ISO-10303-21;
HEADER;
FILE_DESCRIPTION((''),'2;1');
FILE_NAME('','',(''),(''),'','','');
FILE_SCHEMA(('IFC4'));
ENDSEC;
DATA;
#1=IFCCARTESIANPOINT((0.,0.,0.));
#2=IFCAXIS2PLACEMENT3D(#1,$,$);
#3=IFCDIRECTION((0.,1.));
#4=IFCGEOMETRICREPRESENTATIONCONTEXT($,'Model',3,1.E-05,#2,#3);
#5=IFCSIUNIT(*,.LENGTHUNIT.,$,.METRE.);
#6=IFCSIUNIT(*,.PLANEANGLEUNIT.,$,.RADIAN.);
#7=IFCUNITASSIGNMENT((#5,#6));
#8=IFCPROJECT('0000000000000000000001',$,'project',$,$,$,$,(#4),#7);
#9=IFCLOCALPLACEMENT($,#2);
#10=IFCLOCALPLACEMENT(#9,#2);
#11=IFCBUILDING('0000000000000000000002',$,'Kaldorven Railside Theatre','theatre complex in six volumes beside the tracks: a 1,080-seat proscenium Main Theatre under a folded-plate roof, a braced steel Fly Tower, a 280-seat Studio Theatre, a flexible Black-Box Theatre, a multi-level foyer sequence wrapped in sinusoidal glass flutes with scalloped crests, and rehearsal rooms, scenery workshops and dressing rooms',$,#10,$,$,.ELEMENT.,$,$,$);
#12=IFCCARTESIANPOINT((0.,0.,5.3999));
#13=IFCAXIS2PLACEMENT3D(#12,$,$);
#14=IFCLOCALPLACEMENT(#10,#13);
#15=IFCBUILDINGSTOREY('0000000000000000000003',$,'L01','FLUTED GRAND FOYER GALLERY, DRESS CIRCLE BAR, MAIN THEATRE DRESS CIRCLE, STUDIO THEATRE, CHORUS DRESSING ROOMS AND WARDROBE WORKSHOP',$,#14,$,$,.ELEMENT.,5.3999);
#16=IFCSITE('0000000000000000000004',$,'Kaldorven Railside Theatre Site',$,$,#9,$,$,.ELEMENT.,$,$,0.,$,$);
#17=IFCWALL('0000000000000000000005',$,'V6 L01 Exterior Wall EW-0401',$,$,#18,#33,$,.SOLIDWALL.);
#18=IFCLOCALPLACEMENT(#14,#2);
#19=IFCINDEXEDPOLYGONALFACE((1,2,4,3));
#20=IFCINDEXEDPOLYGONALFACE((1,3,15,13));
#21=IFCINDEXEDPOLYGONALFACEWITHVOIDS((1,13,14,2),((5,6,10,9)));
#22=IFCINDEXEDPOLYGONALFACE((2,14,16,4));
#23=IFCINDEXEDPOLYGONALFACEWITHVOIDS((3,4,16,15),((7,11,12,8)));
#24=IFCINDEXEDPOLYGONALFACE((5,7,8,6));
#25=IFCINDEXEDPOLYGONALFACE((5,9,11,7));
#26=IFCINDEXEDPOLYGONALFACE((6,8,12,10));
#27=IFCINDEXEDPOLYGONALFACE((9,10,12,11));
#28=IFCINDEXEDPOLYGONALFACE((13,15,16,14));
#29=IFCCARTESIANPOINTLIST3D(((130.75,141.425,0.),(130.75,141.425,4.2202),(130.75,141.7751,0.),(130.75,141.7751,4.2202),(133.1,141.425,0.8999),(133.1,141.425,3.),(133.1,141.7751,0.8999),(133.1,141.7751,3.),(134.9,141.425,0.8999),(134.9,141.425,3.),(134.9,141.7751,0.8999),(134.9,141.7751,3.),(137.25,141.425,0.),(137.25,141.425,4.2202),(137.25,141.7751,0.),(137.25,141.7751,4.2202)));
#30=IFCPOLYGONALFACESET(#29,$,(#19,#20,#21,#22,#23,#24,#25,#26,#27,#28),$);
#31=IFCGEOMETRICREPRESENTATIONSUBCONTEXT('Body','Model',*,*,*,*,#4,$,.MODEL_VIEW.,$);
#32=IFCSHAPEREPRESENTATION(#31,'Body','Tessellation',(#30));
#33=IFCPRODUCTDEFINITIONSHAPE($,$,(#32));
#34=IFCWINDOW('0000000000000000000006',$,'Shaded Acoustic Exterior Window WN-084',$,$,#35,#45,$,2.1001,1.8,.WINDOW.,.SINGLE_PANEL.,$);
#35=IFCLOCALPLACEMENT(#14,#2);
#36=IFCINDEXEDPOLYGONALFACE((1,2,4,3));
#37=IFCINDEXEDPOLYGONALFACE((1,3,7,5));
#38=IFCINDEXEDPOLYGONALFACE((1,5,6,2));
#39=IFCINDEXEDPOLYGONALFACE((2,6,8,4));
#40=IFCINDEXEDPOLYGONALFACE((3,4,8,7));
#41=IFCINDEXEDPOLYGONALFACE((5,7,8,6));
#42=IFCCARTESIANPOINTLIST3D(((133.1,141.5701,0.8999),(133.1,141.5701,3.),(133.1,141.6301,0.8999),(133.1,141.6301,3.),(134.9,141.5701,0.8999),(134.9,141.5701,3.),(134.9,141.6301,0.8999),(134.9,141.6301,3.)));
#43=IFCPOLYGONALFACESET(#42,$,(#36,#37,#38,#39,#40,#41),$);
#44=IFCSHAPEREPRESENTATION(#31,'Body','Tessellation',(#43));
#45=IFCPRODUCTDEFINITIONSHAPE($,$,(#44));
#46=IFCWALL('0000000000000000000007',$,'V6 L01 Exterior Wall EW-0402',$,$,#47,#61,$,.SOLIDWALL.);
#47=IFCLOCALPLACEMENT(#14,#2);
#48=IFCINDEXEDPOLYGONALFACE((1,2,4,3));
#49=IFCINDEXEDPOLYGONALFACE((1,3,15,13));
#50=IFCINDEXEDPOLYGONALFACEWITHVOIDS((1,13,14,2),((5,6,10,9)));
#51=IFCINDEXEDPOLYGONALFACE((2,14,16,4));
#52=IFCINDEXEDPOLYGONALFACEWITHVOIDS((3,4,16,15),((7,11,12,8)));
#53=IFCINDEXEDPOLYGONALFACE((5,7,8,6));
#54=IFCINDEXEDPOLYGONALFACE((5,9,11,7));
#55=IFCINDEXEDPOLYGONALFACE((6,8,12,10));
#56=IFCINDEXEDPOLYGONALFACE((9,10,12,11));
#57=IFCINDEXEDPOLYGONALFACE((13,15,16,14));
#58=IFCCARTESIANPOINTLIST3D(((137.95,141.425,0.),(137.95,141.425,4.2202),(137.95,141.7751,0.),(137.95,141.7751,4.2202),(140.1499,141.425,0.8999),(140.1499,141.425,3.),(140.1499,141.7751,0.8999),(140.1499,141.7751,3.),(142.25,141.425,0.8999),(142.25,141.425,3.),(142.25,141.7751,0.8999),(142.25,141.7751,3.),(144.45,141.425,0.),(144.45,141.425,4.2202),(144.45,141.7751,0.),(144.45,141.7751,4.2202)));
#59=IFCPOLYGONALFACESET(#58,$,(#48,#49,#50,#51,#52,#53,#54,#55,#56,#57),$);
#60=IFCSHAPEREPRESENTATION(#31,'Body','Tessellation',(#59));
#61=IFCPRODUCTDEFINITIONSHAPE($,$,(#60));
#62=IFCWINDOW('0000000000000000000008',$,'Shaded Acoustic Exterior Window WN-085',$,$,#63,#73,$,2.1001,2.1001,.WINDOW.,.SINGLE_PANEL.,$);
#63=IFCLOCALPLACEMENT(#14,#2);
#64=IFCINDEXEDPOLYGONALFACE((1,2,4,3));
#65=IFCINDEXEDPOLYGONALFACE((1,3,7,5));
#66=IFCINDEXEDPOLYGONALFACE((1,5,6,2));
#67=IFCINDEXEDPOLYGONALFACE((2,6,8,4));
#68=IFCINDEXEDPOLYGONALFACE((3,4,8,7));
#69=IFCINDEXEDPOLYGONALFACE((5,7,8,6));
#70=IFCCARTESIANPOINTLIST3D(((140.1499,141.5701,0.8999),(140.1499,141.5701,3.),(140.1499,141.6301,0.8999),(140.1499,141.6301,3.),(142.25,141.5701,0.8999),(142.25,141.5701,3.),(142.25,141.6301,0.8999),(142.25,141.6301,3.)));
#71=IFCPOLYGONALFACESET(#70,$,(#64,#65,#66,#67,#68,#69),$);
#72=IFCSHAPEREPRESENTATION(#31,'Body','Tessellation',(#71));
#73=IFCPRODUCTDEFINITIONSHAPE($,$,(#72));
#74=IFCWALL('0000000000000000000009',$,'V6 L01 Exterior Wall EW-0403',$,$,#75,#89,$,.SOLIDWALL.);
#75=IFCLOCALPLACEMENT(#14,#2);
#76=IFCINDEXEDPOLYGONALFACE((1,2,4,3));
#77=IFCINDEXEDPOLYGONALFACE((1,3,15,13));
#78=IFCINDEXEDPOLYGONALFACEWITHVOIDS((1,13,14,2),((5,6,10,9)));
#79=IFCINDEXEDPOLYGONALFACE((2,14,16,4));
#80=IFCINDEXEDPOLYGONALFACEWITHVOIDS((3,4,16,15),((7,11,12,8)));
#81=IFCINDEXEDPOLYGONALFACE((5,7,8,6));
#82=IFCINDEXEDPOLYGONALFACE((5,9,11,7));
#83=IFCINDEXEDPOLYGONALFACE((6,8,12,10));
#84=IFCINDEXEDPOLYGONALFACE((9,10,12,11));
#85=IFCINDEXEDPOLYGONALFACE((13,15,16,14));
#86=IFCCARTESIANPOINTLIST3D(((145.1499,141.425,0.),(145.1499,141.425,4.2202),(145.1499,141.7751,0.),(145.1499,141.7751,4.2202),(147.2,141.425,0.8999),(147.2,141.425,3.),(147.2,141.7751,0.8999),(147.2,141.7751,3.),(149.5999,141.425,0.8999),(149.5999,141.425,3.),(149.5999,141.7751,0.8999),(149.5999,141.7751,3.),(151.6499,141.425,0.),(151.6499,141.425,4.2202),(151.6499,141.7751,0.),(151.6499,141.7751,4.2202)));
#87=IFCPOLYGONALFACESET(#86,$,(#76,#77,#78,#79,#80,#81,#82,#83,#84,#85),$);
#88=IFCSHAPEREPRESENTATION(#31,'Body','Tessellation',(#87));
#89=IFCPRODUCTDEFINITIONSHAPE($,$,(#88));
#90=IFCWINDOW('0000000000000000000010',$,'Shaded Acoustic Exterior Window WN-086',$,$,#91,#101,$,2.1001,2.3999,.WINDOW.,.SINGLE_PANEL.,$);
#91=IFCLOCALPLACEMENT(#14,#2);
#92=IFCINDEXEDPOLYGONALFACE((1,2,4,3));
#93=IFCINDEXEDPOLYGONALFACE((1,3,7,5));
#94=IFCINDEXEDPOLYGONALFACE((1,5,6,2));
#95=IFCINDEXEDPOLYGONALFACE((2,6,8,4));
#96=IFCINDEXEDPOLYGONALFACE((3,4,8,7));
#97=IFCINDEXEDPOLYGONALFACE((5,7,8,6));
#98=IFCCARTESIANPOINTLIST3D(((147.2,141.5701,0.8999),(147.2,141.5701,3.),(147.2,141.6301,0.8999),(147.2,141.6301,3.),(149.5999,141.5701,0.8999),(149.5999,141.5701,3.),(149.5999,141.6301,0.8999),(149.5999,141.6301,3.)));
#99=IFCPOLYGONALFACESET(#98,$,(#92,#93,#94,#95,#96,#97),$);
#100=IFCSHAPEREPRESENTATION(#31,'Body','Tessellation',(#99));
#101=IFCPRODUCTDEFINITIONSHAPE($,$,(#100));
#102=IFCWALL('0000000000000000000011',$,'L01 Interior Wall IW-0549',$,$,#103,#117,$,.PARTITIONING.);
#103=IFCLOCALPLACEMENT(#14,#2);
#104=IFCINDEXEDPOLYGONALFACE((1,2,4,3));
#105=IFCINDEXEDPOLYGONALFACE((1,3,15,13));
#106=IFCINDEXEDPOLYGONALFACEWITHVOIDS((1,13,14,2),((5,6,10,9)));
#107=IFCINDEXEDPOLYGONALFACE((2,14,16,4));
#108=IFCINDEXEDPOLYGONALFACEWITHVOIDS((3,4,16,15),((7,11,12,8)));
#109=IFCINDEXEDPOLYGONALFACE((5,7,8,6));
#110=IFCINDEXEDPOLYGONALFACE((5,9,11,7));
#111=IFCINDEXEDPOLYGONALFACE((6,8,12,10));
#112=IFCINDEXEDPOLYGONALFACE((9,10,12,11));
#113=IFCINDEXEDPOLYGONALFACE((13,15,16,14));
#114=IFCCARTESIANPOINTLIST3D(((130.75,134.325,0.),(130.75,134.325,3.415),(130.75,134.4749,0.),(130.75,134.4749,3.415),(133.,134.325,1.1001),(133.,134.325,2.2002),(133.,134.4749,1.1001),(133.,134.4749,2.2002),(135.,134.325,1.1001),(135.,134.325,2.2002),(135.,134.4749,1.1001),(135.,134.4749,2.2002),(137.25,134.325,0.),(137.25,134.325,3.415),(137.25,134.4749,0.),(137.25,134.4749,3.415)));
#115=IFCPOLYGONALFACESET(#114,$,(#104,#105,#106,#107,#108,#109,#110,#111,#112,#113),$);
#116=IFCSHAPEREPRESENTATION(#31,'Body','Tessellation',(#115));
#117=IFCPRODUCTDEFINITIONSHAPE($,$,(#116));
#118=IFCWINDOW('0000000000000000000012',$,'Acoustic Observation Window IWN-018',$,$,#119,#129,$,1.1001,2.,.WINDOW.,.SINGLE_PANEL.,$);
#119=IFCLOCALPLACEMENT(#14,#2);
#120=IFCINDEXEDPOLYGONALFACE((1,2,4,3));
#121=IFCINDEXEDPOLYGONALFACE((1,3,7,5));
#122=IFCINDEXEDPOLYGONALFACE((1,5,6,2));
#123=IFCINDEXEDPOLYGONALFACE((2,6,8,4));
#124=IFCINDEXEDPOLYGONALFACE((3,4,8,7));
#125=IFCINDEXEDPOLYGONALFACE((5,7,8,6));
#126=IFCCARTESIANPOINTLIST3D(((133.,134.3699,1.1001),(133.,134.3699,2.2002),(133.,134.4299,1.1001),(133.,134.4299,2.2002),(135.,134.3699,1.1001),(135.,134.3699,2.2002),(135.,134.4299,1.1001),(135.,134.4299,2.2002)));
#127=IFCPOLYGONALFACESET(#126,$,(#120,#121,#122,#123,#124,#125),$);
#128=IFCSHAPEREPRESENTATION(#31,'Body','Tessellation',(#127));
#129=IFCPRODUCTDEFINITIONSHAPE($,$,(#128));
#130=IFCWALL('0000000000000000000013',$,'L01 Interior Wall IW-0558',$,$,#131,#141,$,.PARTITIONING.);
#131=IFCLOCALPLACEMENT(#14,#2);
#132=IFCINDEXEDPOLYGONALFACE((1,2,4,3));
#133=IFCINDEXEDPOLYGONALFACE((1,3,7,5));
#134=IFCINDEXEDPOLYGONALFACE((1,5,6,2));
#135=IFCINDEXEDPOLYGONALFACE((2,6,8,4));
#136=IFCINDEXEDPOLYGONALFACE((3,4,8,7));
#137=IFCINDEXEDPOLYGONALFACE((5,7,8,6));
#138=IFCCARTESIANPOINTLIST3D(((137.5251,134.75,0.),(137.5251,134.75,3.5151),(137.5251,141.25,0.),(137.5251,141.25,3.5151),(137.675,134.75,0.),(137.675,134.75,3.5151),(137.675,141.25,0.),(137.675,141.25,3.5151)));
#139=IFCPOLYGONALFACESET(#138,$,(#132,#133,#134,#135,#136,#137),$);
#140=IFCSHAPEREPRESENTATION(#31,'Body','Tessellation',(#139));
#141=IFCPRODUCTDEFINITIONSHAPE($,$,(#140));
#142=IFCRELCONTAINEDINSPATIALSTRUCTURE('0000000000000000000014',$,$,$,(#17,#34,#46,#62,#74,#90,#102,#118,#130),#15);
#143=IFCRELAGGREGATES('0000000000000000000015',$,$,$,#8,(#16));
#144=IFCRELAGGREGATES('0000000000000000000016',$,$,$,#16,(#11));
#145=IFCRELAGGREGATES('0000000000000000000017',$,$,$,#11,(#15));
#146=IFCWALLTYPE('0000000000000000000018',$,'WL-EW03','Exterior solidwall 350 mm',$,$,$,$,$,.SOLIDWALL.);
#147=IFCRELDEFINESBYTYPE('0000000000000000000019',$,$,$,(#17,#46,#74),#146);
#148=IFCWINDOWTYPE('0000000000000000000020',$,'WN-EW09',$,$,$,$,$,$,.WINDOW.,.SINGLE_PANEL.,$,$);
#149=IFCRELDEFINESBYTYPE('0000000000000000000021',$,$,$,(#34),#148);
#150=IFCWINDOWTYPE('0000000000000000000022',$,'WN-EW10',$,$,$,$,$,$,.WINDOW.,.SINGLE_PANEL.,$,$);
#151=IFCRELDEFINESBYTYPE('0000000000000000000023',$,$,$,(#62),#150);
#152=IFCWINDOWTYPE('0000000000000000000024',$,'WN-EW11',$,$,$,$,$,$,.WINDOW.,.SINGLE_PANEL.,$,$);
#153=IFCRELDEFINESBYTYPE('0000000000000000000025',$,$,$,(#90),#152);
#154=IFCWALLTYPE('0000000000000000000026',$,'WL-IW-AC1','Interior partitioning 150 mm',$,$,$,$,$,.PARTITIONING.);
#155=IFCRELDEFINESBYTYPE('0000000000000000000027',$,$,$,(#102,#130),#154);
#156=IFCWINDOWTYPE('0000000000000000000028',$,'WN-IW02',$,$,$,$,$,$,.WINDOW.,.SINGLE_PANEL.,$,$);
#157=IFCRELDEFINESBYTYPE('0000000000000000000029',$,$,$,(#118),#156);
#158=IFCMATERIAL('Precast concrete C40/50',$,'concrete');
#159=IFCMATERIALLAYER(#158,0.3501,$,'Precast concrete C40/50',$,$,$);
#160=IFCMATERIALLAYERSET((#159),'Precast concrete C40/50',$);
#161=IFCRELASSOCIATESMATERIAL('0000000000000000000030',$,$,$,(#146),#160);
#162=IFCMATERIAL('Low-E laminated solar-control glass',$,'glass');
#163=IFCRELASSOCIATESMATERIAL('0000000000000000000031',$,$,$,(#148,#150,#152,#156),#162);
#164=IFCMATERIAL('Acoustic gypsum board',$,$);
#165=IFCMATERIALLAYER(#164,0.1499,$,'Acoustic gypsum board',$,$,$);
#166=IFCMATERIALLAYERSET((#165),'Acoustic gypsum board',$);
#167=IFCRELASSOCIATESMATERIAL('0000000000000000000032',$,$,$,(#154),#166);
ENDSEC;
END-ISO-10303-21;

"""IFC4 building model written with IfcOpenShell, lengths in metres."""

from ifc_helpers import new_model, si_unit, direction, frame, frame_2d, origin, place, context, subcontext, project, spatial, rectangle, extrude, material, layer, layer_set, type_object, element, fill, save


model = new_model("IFC4")

# Units and contexts
model_context = context("Model", 3, precision=1e-05, world=origin(), true_north=direction((0.0, 1.0)))
body_context = subcontext(model_context, "Body", "Model", "MODEL_VIEW")
ifc_project = project(units=[si_unit("LENGTHUNIT", "METRE"), si_unit("PLANEANGLEUNIT", "RADIAN")], contexts=[model_context])

# Site, building, storey
site_placement = place(None, origin())
site = spatial("IfcSite", under=ifc_project, at=site_placement, Name="Kaldorven Railside Theatre Site", CompositionType="ELEMENT", RefElevation=0.0)
building_placement = place(site_placement, origin())
building = spatial("IfcBuilding", under=site, at=building_placement, Name="Kaldorven Railside Theatre", Description="theatre complex in six volumes beside the tracks: a 1,080-seat proscenium Main Theatre under a folded-plate roof, a braced steel Fly Tower, a 280-seat Studio Theatre, a flexible Black-Box Theatre, a multi-level foyer sequence wrapped in sinusoidal glass flutes with scalloped crests, and rehearsal rooms, scenery workshops and dressing rooms", CompositionType="ELEMENT")
storey_placement = place(building_placement, frame((0.0, 0.0, 5.3999)))
storey = spatial("IfcBuildingStorey", under=building, at=storey_placement, Name="L01", Description="FLUTED GRAND FOYER GALLERY, DRESS CIRCLE BAR, MAIN THEATRE DRESS CIRCLE, STUDIO THEATRE, CHORUS DRESSING ROOMS AND WARDROBE WORKSHOP", CompositionType="ELEMENT", Elevation=5.3999)

# Walls, openings, windows
ifc_material_1 = material(Name="Precast concrete C40/50", Category="concrete")
ifc_layer_1 = layer(ifc_material_1, 0.3501, Name="Precast concrete C40/50")
ifc_layer_set_1 = layer_set([ifc_layer_1], Name="Precast concrete C40/50")
wall_type_1 = type_object("IfcWallType", Name="WL-EW03", Description="Exterior solidwall 350 mm", PredefinedType="SOLIDWALL", material=ifc_layer_set_1)
wall_1_placement = place(storey_placement, frame((130.75, 141.6001, 0.0), z_axis=(0.0, 0.0, 1.0), x_axis=(1.0, 0.0, 0.0)))
wall_1 = element("IfcWall", 1, at=wall_1_placement, inside=storey, type_object=wall_type_1, Name="V6 L01 Exterior Wall EW-0401", PredefinedType="SOLIDWALL", context=body_context, shape_type="SweptSolid", body=[
    extrude(rectangle(XDim=6.5, YDim=0.3501, at=frame_2d((3.25, 0.0))), origin(), (0.0, 0.0, 1.0), 4.2202),
])
opening_1_placement = place(wall_1_placement, frame((2.3501, 0.0, 0.8999)))
opening_1 = element("IfcOpeningElement", 2, at=opening_1_placement, cuts=wall_1, PredefinedType="OPENING", context=body_context, shape_type="SweptSolid", body=[
    extrude(rectangle(XDim=1.8, YDim=2.1001, at=frame_2d((0.8999, 1.05))), frame((0.0, 0.1851, 0.0), z_axis=(0.0, -1.0, 0.0), x_axis=(1.0, 0.0, 0.0)), (0.0, 0.0, 1.0), 0.3701),
])
ifc_material_2 = material(Name="Low-E laminated solar-control glass", Category="glass")
window_type_1 = type_object("IfcWindowType", Name="WN-EW09", PartitioningType="SINGLE_PANEL", PredefinedType="WINDOW", material=ifc_material_2)
window_1_placement = place(opening_1_placement, origin())
window_1 = element("IfcWindow", 3, at=window_1_placement, inside=storey, type_object=window_type_1, Name="Shaded Acoustic Exterior Window WN-084", OverallHeight=2.1001, OverallWidth=1.8, PartitioningType="SINGLE_PANEL", PredefinedType="WINDOW", context=body_context, shape_type="SweptSolid", body=[
    extrude(rectangle(XDim=1.8, YDim=2.1001, at=frame_2d((0.8999, 1.05))), frame((0.0, 0.03, 0.0), z_axis=(0.0, -1.0, 0.0), x_axis=(1.0, 0.0, 0.0)), (0.0, 0.0, 1.0), 0.0601),
])
fill(opening_1, window_1)
wall_2_placement = place(storey_placement, frame((137.95, 141.6001, 0.0), z_axis=(0.0, 0.0, 1.0), x_axis=(1.0, 0.0, 0.0)))
wall_2 = element("IfcWall", 4, at=wall_2_placement, inside=storey, type_object=wall_type_1, Name="V6 L01 Exterior Wall EW-0402", PredefinedType="SOLIDWALL", context=body_context, shape_type="SweptSolid", body=[
    extrude(rectangle(XDim=6.5, YDim=0.3501, at=frame_2d((3.25, 0.0))), origin(), (0.0, 0.0, 1.0), 4.2202),
])
opening_2_placement = place(wall_2_placement, frame((2.2, 0.0, 0.8999)))
opening_2 = element("IfcOpeningElement", 5, at=opening_2_placement, cuts=wall_2, PredefinedType="OPENING", context=body_context, shape_type="SweptSolid", body=[
    extrude(rectangle(XDim=2.1001, YDim=2.1001, at=frame_2d((1.05, 1.05))), frame((0.0, 0.1851, 0.0), z_axis=(0.0, -1.0, 0.0), x_axis=(1.0, 0.0, 0.0)), (0.0, 0.0, 1.0), 0.3701),
])
window_type_2 = type_object("IfcWindowType", Name="WN-EW10", PartitioningType="SINGLE_PANEL", PredefinedType="WINDOW", material=ifc_material_2)
window_2_placement = place(opening_2_placement, origin())
window_2 = element("IfcWindow", 6, at=window_2_placement, inside=storey, type_object=window_type_2, Name="Shaded Acoustic Exterior Window WN-085", OverallHeight=2.1001, OverallWidth=2.1001, PartitioningType="SINGLE_PANEL", PredefinedType="WINDOW", context=body_context, shape_type="SweptSolid", body=[
    extrude(rectangle(XDim=2.1001, YDim=2.1001, at=frame_2d((1.05, 1.05))), frame((0.0, 0.03, 0.0), z_axis=(0.0, -1.0, 0.0), x_axis=(1.0, 0.0, 0.0)), (0.0, 0.0, 1.0), 0.0601),
])
fill(opening_2, window_2)
wall_3_placement = place(storey_placement, frame((145.1499, 141.6001, 0.0), z_axis=(0.0, 0.0, 1.0), x_axis=(1.0, 0.0, 0.0)))
wall_3 = element("IfcWall", 7, at=wall_3_placement, inside=storey, type_object=wall_type_1, Name="V6 L01 Exterior Wall EW-0403", PredefinedType="SOLIDWALL", context=body_context, shape_type="SweptSolid", body=[
    extrude(rectangle(XDim=6.5, YDim=0.3501, at=frame_2d((3.25, 0.0))), origin(), (0.0, 0.0, 1.0), 4.2202),
])
opening_3_placement = place(wall_3_placement, frame((2.05, 0.0, 0.8999)))
opening_3 = element("IfcOpeningElement", 8, at=opening_3_placement, cuts=wall_3, PredefinedType="OPENING", context=body_context, shape_type="SweptSolid", body=[
    extrude(rectangle(XDim=2.3999, YDim=2.1001, at=frame_2d((1.2, 1.05))), frame((0.0, 0.1851, 0.0), z_axis=(0.0, -1.0, 0.0), x_axis=(1.0, 0.0, 0.0)), (0.0, 0.0, 1.0), 0.3701),
])
window_type_3 = type_object("IfcWindowType", Name="WN-EW11", PartitioningType="SINGLE_PANEL", PredefinedType="WINDOW", material=ifc_material_2)
window_3_placement = place(opening_3_placement, origin())
window_3 = element("IfcWindow", 9, at=window_3_placement, inside=storey, type_object=window_type_3, Name="Shaded Acoustic Exterior Window WN-086", OverallHeight=2.1001, OverallWidth=2.3999, PartitioningType="SINGLE_PANEL", PredefinedType="WINDOW", context=body_context, shape_type="SweptSolid", body=[
    extrude(rectangle(XDim=2.3999, YDim=2.1001, at=frame_2d((1.2, 1.05))), frame((0.0, 0.03, 0.0), z_axis=(0.0, -1.0, 0.0), x_axis=(1.0, 0.0, 0.0)), (0.0, 0.0, 1.0), 0.0601),
])
fill(opening_3, window_3)
ifc_material_3 = material(Name="Acoustic gypsum board")
ifc_layer_2 = layer(ifc_material_3, 0.1499, Name="Acoustic gypsum board")
ifc_layer_set_2 = layer_set([ifc_layer_2], Name="Acoustic gypsum board")
wall_type_2 = type_object("IfcWallType", Name="WL-IW-AC1", Description="Interior partitioning 150 mm", PredefinedType="PARTITIONING", material=ifc_layer_set_2)
wall_4_placement = place(storey_placement, frame((137.25, 134.3999, 0.0), z_axis=(0.0, 0.0, 1.0), x_axis=(-1.0, 0.0, 0.0)))
wall_4 = element("IfcWall", 10, at=wall_4_placement, inside=storey, type_object=wall_type_2, Name="L01 Interior Wall IW-0549", PredefinedType="PARTITIONING", context=body_context, shape_type="SweptSolid", body=[
    extrude(rectangle(XDim=6.5, YDim=0.1499, at=frame_2d((3.25, 0.0))), origin(), (0.0, 0.0, 1.0), 3.415),
])
opening_4_placement = place(wall_4_placement, frame((2.25, 0.0, 1.1001)))
opening_4 = element("IfcOpeningElement", 11, at=opening_4_placement, cuts=wall_4, PredefinedType="OPENING", context=body_context, shape_type="SweptSolid", body=[
    extrude(rectangle(XDim=2.0, YDim=1.1001, at=frame_2d((1.0, 0.55))), frame((0.0, 0.085, 0.0), z_axis=(0.0, -1.0, 0.0), x_axis=(1.0, 0.0, 0.0)), (0.0, 0.0, 1.0), 0.1699),
])
window_type_4 = type_object("IfcWindowType", Name="WN-IW02", PartitioningType="SINGLE_PANEL", PredefinedType="WINDOW", material=ifc_material_2)
window_4_placement = place(opening_4_placement, origin())
window_4 = element("IfcWindow", 12, at=window_4_placement, inside=storey, type_object=window_type_4, Name="Acoustic Observation Window IWN-018", OverallHeight=1.1001, OverallWidth=2.0, PartitioningType="SINGLE_PANEL", PredefinedType="WINDOW", context=body_context, shape_type="SweptSolid", body=[
    extrude(rectangle(XDim=2.0, YDim=1.1001, at=frame_2d((1.0, 0.55))), frame((0.0, 0.03, 0.0), z_axis=(0.0, -1.0, 0.0), x_axis=(1.0, 0.0, 0.0)), (0.0, 0.0, 1.0), 0.0601),
])
fill(opening_4, window_4)

# Wall
wall_5_placement = place(storey_placement, frame((137.6001, 141.25, 0.0), z_axis=(0.0, 0.0, 1.0), x_axis=(0.0, -1.0, 0.0)))
element("IfcWall", 13, at=wall_5_placement, inside=storey, type_object=wall_type_2, Name="L01 Interior Wall IW-0558", PredefinedType="PARTITIONING", context=body_context, shape_type="SweptSolid", body=[
    extrude(rectangle(XDim=6.5, YDim=0.1499, at=frame_2d((3.25, 0.0))), origin(), (0.0, 0.0, 1.0), 3.5151),
])

save(model, "model.ifc")
